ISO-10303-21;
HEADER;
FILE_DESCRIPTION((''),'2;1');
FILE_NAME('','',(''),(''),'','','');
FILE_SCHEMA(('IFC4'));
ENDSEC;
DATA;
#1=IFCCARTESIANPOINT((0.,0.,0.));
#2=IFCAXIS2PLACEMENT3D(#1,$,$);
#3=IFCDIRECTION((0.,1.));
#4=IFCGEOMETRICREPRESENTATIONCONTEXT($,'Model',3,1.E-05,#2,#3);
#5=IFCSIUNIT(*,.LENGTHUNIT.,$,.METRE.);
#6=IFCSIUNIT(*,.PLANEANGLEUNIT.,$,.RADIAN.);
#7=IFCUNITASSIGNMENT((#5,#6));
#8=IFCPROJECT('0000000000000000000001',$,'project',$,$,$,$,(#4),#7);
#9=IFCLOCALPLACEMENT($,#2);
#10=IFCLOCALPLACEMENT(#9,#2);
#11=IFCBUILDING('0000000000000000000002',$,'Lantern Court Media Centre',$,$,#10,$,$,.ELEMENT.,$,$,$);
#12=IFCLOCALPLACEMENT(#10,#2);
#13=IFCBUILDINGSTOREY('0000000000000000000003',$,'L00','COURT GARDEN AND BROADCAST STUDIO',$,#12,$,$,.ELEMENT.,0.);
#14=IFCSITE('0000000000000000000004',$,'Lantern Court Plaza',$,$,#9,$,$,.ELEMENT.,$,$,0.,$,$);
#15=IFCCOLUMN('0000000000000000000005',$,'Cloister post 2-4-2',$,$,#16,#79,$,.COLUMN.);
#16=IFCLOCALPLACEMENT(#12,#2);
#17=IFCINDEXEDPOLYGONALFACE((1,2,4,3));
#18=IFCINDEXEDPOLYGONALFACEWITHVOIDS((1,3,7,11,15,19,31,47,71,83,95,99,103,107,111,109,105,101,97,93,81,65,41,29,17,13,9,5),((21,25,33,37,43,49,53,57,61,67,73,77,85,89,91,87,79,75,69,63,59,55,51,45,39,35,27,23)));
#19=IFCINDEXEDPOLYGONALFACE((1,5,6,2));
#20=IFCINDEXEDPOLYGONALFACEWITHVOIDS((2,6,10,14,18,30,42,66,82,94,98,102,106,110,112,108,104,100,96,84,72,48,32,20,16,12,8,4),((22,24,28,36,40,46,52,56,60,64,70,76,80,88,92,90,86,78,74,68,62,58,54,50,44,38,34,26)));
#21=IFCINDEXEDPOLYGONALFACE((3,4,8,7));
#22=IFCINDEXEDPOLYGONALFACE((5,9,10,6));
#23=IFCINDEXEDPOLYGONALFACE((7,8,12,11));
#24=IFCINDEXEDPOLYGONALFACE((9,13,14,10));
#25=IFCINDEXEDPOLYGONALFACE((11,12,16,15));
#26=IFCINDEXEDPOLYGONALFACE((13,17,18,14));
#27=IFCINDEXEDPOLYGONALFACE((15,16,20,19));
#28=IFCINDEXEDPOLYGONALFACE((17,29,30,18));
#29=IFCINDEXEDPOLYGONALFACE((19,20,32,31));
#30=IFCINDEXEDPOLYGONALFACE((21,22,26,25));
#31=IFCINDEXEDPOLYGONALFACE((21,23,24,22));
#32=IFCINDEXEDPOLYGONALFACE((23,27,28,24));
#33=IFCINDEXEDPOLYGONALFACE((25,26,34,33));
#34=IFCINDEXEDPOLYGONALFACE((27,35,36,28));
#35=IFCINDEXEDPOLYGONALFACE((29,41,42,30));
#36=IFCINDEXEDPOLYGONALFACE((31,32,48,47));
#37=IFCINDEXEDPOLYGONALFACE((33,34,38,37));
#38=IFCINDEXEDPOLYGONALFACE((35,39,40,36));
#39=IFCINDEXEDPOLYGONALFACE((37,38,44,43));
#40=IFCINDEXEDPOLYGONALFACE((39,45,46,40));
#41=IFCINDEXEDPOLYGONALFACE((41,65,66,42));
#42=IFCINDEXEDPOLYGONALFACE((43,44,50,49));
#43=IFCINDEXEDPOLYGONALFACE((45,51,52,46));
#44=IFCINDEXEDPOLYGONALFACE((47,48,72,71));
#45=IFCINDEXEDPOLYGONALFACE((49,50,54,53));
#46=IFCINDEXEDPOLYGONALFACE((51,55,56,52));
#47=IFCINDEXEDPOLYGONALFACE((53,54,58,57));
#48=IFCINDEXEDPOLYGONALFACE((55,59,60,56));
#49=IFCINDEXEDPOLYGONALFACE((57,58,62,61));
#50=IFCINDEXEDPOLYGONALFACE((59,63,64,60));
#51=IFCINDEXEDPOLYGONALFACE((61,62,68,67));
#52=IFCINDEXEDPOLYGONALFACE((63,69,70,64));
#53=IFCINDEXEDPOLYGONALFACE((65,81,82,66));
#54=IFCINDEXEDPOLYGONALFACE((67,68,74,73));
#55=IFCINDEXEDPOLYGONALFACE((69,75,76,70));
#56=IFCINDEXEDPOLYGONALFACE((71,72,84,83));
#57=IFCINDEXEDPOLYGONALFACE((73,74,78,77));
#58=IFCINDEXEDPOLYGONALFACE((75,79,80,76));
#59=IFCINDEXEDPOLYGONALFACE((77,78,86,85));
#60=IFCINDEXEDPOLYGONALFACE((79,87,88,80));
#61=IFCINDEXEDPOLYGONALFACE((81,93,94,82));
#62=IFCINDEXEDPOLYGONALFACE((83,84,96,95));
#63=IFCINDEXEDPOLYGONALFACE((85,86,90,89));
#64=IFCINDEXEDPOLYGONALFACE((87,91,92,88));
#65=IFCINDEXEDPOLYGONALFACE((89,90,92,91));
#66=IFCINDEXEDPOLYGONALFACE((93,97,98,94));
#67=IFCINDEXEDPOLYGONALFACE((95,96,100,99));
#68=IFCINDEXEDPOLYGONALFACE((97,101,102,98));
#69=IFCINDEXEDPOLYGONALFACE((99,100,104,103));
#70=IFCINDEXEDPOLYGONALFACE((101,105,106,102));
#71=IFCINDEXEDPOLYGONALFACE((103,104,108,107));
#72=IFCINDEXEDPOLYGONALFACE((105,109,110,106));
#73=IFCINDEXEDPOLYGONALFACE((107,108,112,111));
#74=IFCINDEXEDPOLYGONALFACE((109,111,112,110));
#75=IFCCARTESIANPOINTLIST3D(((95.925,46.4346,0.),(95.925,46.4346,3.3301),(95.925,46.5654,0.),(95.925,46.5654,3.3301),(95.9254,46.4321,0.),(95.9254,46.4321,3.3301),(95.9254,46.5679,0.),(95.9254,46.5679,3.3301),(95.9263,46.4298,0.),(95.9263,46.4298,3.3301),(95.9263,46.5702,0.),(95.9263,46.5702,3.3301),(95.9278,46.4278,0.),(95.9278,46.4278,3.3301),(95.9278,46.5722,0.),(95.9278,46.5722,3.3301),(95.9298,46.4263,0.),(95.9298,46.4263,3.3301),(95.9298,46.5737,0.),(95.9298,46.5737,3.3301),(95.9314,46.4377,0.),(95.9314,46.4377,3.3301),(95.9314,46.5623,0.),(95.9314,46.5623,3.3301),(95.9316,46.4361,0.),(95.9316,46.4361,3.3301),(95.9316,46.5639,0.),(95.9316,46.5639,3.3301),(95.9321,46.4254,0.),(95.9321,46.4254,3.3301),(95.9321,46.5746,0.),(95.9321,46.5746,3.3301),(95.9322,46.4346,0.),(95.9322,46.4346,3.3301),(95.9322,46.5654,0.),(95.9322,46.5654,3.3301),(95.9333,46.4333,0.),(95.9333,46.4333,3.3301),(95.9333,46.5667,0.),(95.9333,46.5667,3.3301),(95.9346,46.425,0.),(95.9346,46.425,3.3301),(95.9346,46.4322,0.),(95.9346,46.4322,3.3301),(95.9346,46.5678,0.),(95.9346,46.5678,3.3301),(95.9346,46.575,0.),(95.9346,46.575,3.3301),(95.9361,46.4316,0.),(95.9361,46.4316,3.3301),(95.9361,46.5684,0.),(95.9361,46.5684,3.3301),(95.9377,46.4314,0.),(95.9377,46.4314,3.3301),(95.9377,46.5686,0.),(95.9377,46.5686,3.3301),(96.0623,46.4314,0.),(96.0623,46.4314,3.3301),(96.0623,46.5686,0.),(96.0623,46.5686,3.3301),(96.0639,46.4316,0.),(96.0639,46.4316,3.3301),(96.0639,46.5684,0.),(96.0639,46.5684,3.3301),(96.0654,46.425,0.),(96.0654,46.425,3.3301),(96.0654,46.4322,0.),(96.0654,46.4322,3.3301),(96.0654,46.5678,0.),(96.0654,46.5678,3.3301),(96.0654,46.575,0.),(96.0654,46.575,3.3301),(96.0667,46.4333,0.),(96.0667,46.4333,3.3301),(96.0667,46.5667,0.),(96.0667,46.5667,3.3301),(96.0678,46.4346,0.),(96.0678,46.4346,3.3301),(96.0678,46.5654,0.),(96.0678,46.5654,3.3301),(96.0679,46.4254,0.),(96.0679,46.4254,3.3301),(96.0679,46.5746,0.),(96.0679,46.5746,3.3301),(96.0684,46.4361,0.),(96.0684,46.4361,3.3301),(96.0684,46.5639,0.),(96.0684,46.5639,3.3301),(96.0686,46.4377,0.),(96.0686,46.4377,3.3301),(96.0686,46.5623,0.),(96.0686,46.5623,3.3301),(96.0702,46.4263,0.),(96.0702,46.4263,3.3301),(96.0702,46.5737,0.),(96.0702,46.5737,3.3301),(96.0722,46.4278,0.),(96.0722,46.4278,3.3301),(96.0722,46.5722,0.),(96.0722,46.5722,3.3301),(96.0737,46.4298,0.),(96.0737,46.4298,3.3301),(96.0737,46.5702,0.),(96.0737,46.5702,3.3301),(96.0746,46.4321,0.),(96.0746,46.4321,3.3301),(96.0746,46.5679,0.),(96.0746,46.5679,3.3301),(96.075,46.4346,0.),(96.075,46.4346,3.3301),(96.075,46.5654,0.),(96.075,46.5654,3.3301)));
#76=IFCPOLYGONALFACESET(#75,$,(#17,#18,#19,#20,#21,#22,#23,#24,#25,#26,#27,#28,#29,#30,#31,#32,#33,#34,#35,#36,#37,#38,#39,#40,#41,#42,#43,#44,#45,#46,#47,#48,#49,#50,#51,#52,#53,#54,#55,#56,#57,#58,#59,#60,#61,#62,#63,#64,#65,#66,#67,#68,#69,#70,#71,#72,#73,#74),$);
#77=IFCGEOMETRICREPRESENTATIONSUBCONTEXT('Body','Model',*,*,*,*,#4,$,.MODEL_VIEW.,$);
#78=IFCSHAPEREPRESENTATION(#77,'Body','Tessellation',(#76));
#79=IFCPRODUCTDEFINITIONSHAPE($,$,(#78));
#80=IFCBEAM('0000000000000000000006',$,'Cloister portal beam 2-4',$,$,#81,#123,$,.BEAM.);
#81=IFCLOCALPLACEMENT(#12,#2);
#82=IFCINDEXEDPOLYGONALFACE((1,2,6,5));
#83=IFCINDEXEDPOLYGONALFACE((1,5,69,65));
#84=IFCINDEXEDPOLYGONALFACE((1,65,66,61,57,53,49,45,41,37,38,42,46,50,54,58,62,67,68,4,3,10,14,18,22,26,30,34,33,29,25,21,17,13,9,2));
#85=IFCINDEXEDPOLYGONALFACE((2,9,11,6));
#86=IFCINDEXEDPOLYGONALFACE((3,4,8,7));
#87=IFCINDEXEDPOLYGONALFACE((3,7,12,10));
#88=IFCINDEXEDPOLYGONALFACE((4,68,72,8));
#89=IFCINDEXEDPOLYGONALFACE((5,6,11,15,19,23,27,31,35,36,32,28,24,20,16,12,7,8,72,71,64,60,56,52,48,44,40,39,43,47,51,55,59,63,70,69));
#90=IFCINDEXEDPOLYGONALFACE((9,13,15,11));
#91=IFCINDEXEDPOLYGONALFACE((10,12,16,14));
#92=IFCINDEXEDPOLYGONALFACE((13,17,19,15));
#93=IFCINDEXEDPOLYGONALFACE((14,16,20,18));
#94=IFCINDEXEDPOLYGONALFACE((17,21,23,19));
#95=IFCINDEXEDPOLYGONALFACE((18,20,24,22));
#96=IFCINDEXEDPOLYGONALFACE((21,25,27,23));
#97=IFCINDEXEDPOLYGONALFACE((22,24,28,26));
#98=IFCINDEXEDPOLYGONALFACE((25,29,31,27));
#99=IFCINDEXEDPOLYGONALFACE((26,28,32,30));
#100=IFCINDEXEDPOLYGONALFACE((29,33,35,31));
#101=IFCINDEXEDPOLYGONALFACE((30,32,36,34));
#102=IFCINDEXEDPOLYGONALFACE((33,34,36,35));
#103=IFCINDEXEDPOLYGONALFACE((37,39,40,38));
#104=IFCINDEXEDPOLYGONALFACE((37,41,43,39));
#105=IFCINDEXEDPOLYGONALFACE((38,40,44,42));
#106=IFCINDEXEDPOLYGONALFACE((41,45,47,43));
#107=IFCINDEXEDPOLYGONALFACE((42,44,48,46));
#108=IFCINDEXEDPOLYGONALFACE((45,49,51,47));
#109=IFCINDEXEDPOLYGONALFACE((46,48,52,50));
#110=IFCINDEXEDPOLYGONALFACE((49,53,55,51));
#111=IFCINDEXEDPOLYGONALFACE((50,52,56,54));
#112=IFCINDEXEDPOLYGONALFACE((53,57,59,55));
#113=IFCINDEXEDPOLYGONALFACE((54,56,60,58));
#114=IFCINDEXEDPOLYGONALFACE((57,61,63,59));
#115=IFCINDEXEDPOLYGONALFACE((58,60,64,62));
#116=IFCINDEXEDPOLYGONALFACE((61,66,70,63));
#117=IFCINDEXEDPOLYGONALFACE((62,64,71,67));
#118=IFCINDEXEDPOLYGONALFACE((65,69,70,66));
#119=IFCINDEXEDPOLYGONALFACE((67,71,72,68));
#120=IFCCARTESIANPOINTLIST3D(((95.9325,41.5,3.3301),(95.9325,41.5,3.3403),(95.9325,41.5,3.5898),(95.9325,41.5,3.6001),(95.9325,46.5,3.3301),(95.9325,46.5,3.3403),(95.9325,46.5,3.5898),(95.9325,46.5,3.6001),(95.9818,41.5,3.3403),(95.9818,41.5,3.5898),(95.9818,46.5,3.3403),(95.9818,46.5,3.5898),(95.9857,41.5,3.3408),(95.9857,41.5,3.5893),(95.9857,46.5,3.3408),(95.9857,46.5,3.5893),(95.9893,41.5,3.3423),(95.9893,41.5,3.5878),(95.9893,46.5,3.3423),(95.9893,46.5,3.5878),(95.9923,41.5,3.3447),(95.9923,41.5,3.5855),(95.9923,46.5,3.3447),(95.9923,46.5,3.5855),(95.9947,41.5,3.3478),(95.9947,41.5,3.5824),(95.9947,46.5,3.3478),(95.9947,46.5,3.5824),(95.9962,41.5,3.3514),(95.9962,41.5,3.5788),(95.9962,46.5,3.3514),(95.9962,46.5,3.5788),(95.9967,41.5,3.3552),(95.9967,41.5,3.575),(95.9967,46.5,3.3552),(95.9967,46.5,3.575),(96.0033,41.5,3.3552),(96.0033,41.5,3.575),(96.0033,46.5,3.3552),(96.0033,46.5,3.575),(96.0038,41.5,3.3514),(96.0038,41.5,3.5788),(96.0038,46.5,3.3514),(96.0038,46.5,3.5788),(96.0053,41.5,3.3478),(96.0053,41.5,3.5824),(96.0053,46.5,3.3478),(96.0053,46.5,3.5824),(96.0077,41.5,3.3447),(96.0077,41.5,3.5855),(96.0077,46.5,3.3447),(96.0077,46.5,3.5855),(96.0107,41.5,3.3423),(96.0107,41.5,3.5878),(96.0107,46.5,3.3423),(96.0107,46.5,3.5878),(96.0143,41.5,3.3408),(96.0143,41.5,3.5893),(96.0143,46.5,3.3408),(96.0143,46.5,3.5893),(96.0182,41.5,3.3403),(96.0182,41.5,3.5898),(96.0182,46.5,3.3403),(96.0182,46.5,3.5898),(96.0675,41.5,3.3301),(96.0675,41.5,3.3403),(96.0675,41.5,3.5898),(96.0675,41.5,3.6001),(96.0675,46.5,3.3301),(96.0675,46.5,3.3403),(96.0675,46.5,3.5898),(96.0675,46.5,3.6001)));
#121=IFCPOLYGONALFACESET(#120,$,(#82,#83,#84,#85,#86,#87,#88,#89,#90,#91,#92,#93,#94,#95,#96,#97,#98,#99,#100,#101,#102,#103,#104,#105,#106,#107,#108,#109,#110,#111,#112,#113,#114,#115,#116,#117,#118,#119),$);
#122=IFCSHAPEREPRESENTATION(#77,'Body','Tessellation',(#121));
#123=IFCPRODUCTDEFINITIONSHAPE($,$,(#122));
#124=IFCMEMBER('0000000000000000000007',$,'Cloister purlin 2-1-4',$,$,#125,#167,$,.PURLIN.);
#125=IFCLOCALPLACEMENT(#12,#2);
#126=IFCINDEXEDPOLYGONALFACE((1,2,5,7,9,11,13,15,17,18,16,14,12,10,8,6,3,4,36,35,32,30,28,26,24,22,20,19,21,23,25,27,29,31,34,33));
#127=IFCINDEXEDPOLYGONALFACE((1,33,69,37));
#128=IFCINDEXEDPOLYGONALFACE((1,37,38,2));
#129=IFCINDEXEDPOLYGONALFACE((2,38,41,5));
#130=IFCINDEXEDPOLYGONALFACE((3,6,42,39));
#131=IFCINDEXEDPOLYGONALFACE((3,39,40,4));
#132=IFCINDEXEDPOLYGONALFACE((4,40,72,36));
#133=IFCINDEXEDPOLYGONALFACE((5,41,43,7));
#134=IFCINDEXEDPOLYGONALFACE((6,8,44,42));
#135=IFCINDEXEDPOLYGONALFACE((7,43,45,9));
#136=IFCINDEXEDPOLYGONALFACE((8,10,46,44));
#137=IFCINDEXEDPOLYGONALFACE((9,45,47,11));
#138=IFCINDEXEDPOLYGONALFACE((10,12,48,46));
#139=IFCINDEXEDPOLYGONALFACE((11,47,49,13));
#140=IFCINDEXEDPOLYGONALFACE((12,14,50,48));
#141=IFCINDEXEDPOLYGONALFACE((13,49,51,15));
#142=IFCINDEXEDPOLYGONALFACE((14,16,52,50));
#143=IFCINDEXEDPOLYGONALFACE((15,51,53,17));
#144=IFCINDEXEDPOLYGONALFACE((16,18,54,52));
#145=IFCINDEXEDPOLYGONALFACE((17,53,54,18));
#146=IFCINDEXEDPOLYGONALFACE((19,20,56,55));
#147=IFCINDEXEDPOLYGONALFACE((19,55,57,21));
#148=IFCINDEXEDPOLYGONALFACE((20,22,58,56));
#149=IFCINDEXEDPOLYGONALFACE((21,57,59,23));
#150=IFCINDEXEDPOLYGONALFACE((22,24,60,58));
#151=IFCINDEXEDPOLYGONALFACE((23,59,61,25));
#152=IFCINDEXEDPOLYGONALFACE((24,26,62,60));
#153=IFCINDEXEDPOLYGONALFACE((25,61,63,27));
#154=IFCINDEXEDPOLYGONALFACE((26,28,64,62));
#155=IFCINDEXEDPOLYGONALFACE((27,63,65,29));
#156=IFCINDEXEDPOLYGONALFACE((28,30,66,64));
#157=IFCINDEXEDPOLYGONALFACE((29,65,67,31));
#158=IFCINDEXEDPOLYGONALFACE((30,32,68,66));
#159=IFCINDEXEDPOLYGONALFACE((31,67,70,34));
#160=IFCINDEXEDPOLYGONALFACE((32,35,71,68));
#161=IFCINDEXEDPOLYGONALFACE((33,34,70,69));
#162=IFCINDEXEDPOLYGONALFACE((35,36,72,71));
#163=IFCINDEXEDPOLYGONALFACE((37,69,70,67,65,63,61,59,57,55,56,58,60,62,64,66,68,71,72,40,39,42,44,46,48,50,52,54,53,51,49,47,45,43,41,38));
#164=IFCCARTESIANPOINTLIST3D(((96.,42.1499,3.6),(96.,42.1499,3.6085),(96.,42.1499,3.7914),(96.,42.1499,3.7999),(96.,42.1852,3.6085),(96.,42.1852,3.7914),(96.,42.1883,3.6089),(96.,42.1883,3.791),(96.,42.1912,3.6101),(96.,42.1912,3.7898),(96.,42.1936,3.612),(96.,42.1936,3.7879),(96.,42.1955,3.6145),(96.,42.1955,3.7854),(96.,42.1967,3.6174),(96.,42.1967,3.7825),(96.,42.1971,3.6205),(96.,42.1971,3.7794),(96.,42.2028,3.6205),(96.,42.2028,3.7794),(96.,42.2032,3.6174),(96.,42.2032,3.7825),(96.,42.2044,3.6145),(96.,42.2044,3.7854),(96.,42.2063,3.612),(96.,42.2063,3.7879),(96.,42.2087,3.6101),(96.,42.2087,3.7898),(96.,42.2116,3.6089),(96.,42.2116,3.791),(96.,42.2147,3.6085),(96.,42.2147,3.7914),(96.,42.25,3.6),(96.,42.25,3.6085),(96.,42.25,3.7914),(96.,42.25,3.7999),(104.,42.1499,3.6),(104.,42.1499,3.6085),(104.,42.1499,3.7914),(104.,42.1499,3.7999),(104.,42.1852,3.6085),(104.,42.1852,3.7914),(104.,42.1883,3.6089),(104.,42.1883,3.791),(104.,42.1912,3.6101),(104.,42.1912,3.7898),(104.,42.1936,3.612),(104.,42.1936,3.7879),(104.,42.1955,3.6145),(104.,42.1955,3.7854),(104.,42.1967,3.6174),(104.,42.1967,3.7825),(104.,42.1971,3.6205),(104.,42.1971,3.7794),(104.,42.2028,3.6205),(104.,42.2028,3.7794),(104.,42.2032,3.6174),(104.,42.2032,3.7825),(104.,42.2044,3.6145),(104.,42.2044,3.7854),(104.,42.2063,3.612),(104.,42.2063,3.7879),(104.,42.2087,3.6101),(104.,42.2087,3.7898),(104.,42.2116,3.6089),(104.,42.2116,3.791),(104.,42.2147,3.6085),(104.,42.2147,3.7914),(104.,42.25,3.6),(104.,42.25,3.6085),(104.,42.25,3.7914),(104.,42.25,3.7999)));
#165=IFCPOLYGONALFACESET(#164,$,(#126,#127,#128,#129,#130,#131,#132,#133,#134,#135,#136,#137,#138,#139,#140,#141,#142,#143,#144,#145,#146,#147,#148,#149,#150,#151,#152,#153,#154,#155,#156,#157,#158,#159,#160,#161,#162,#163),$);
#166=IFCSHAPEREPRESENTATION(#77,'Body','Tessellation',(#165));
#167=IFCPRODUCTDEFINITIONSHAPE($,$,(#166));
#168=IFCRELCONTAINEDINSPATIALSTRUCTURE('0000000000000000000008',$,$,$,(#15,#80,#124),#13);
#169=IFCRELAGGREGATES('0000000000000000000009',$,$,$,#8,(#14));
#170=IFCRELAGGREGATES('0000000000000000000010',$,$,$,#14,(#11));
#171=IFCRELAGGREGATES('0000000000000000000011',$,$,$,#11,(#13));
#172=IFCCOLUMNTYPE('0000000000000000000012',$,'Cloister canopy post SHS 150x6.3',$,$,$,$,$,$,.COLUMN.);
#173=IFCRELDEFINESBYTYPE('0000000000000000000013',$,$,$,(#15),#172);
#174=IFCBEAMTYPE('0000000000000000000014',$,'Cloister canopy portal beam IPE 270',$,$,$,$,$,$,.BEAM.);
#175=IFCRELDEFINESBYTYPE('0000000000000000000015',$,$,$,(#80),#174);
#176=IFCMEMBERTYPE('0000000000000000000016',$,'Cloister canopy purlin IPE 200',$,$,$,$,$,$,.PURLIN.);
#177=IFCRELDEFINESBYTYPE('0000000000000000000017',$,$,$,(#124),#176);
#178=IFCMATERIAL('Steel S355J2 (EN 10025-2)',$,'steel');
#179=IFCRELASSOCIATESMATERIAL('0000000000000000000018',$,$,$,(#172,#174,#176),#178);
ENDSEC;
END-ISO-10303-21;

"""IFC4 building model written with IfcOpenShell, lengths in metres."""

from ifc_helpers import new_model, si_unit, direction, frame, origin, origin_2d, place, context, subcontext, project, spatial, hollow_rectangle, i_section, extrude, material, material_profile, profile_set, type_object, element, save


model = new_model("IFC4")

# Units and contexts
model_context = context("Model", 3, precision=1e-05, world=origin(), true_north=direction((0.0, 1.0)))
body_context = subcontext(model_context, "Body", "Model", "MODEL_VIEW")
ifc_project = project(units=[si_unit("LENGTHUNIT", "METRE"), si_unit("PLANEANGLEUNIT", "RADIAN")], contexts=[model_context])

# Site, building, storey
site_placement = place(None, origin())
site = spatial("IfcSite", under=ifc_project, at=site_placement, Name="Lantern Court Plaza", CompositionType="ELEMENT", RefElevation=0.0)
building_placement = place(site_placement, origin())
building = spatial("IfcBuilding", under=site, at=building_placement, Name="Lantern Court Media Centre", CompositionType="ELEMENT")
storey_placement = place(building_placement, origin())
storey = spatial("IfcBuildingStorey", under=building, at=storey_placement, Name="L00", Description="COURT GARDEN AND BROADCAST STUDIO", CompositionType="ELEMENT", Elevation=0.0)

# Column
ifc_material_1 = material(Name="Steel S355J2 (EN 10025-2)", Category="steel")
ifc_material_profile_1 = material_profile(ifc_material_1, hollow_rectangle(XDim=0.1499, YDim=0.1499, WallThickness=0.0063, InnerFilletRadius=0.0063, OuterFilletRadius=0.0095, at=origin_2d()), Name="Cloister canopy post SHS 150x6.3")
ifc_profile_set_1 = profile_set([ifc_material_profile_1], Name="Steel S355J2 (EN 10025-2)")
column_type = type_object("IfcColumnType", Name="Cloister canopy post SHS 150x6.3", PredefinedType="COLUMN", material=ifc_profile_set_1)
column_placement = place(storey_placement, frame((96.0, 46.5, 0.0), z_axis=(0.0, 0.0, 1.0), x_axis=(1.0, 0.0, 0.0)))
element("IfcColumn", 1, at=column_placement, inside=storey, type_object=column_type, Name="Cloister post 2-4-2", PredefinedType="COLUMN", context=body_context, shape_type="SweptSolid", body=[
    extrude(hollow_rectangle(XDim=0.1499, YDim=0.1499, WallThickness=0.0063, InnerFilletRadius=0.0063, OuterFilletRadius=0.0095, at=origin_2d()), origin(), (0.0, 0.0, 1.0), 3.3301),
])

# Beam
ifc_material_profile_2 = material_profile(ifc_material_1, i_section(OverallWidth=0.135, OverallDepth=0.27, WebThickness=0.0066, FlangeThickness=0.0103, FilletRadius=0.0149, at=origin_2d()), Name="IPE 270")
ifc_profile_set_2 = profile_set([ifc_material_profile_2], Name="Steel S355J2 (EN 10025-2)")
beam_type_1 = type_object("IfcBeamType", Name="Cloister canopy portal beam IPE 270", PredefinedType="BEAM", material=ifc_profile_set_2)
beam_1_placement = place(storey_placement, frame((96.0, 41.5, 3.4651), z_axis=(0.0, 1.0, 0.0), x_axis=(-1.0, 0.0, 0.0)))
element("IfcBeam", 2, at=beam_1_placement, inside=storey, type_object=beam_type_1, Name="Cloister portal beam 2-4", PredefinedType="BEAM", context=body_context, shape_type="SweptSolid", body=[
    extrude(i_section(OverallWidth=0.135, OverallDepth=0.27, WebThickness=0.0066, FlangeThickness=0.0103, FilletRadius=0.0149, at=origin_2d()), origin(), (0.0, 0.0, 1.0), 5.0),
])

# Member
ifc_material_profile_3 = material_profile(ifc_material_1, i_section(OverallWidth=0.1001, OverallDepth=0.2, WebThickness=0.0056, FlangeThickness=0.0085, FilletRadius=0.012, at=origin_2d()), Name="IPE 200")
ifc_profile_set_3 = profile_set([ifc_material_profile_3], Name="Steel S355J2 (EN 10025-2)")
member_type_1 = type_object("IfcMemberType", Name="Cloister canopy purlin IPE 200", PredefinedType="PURLIN", material=ifc_profile_set_3)
for number, where, z_axis, x_axis, name in (
    (3, (96.0, 42.2, 3.7), (1.0, 0.0, 0.0), (0.0, 1.0, 0.0), "Cloister purlin 2-1-4"),
):
    element("IfcMember", number, at=place(storey_placement, frame(where, z_axis=z_axis, x_axis=x_axis)), inside=storey, type_object=member_type_1, Name=name, PredefinedType="PURLIN", context=body_context, shape_type="SweptSolid", body=[
        extrude(i_section(OverallWidth=0.1001, OverallDepth=0.2, WebThickness=0.0056, FlangeThickness=0.0085, FilletRadius=0.012, at=origin_2d()), origin(), (0.0, 0.0, 1.0), 8.0),
    ])

save(model, "model.ifc")
